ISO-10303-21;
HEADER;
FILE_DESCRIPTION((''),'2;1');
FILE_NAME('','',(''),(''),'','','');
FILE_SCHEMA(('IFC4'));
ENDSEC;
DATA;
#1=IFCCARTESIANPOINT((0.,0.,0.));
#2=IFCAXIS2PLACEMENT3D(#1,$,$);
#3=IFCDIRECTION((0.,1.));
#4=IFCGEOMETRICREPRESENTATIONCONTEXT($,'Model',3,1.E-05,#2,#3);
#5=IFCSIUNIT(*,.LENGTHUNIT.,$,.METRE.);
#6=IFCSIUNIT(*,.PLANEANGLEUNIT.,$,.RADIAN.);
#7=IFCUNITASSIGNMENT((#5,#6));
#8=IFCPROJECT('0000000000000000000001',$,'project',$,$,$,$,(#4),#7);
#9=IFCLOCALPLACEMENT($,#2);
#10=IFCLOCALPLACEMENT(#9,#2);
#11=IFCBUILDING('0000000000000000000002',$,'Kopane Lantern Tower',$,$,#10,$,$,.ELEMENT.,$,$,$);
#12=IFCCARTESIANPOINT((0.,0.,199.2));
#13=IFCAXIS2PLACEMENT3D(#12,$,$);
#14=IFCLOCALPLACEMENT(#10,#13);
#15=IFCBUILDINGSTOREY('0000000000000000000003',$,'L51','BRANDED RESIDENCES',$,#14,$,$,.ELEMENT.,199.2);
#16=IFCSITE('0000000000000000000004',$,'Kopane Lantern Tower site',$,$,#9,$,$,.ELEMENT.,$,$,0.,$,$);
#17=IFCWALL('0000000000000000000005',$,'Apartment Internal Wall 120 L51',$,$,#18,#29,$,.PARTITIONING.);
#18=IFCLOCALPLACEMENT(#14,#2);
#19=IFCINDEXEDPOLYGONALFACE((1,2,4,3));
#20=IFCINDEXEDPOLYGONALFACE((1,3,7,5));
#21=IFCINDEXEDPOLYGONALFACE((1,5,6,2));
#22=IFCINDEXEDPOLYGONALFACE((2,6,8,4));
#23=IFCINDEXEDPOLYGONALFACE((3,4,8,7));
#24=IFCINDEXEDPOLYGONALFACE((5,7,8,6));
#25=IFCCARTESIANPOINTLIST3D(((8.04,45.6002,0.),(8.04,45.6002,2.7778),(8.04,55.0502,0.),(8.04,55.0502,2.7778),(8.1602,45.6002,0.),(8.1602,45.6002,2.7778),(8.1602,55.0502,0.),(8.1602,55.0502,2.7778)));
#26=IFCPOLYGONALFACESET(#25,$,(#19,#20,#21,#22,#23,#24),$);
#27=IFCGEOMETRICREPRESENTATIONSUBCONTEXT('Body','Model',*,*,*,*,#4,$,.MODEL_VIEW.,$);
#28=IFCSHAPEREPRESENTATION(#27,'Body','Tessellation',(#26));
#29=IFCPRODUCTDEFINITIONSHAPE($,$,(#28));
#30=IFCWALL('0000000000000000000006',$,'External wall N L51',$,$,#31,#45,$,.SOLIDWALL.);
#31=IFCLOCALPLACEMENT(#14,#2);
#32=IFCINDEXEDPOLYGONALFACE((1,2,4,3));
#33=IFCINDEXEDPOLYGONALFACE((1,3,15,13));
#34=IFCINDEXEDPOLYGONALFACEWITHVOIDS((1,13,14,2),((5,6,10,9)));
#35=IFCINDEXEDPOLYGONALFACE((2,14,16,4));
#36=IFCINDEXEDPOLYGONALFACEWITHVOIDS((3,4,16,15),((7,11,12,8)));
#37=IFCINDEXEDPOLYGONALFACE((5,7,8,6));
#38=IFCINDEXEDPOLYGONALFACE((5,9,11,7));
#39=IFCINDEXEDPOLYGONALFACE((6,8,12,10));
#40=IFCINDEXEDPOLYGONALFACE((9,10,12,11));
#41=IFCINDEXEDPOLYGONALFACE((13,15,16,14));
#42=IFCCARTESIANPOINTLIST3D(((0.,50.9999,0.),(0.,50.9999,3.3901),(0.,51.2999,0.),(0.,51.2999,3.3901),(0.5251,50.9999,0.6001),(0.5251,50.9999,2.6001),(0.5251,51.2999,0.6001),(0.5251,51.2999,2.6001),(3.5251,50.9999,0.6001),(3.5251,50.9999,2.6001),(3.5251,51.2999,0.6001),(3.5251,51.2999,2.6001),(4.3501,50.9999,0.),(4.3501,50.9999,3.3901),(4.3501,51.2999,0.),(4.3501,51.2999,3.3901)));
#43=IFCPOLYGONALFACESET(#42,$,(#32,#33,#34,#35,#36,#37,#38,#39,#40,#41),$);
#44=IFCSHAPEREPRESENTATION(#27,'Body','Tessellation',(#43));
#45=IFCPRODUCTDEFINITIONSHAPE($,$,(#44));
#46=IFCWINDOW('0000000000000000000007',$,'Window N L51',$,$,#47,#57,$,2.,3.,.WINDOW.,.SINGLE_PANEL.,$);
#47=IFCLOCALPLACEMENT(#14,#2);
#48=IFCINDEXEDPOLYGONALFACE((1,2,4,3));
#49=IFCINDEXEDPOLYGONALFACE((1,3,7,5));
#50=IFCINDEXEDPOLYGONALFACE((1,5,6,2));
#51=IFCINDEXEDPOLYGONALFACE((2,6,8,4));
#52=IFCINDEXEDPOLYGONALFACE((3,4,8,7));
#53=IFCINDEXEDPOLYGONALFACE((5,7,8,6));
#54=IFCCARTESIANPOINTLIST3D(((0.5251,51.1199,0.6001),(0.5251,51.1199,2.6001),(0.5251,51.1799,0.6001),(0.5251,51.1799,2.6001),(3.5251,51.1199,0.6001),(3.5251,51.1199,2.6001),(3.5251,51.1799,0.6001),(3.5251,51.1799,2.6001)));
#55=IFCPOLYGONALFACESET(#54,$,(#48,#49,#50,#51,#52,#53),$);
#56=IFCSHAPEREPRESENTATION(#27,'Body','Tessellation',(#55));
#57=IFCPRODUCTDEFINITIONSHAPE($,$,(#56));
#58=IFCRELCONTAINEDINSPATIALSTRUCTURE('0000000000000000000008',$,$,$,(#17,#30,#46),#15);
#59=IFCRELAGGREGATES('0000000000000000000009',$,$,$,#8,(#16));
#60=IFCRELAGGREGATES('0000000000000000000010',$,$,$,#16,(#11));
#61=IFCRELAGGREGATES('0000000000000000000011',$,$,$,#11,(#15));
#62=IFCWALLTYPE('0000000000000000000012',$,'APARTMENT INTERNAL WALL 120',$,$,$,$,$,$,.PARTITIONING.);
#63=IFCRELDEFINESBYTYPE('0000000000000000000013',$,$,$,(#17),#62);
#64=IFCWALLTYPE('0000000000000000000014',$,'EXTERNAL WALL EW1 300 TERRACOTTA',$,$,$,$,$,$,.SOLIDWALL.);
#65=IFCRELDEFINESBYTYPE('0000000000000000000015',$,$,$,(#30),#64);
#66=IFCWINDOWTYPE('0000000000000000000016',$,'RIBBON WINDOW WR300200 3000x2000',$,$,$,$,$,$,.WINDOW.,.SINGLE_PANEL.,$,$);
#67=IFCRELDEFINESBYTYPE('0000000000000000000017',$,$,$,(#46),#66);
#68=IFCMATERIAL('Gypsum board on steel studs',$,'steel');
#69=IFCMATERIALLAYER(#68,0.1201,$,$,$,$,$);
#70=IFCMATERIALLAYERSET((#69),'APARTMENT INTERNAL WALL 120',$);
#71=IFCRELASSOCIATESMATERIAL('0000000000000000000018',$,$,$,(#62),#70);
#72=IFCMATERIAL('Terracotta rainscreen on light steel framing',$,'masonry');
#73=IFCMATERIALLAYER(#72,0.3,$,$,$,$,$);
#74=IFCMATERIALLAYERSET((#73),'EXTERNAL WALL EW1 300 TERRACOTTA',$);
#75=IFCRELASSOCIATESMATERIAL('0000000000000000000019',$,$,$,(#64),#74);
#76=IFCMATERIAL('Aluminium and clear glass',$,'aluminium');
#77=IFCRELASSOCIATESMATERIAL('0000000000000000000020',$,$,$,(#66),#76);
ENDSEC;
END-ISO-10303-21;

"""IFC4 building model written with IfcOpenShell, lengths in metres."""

from ifc_helpers import new_model, si_unit, direction, frame, frame_2d, origin, place, context, subcontext, project, spatial, rectangle, extrude, material, layer, layer_set, type_object, element, fill, save


model = new_model("IFC4")

# Units and contexts
model_context = context("Model", 3, precision=1e-05, world=origin(), true_north=direction((0.0, 1.0)))
body_context = subcontext(model_context, "Body", "Model", "MODEL_VIEW")
ifc_project = project(units=[si_unit("LENGTHUNIT", "METRE"), si_unit("PLANEANGLEUNIT", "RADIAN")], contexts=[model_context])

# Site, building, storey
site_placement = place(None, origin())
site = spatial("IfcSite", under=ifc_project, at=site_placement, Name="Kopane Lantern Tower site", CompositionType="ELEMENT", RefElevation=0.0)
building_placement = place(site_placement, origin())
building = spatial("IfcBuilding", under=site, at=building_placement, Name="Kopane Lantern Tower", CompositionType="ELEMENT")
storey_placement = place(building_placement, frame((0.0, 0.0, 199.2)))
storey = spatial("IfcBuildingStorey", under=building, at=storey_placement, Name="L51", Description="BRANDED RESIDENCES", CompositionType="ELEMENT", Elevation=199.2)

# Shared definitions
ifc_material_1 = material(Name="Gypsum board on steel studs", Category="steel")
ifc_layer_1 = layer(ifc_material_1, 0.1201)
ifc_layer_set_1 = layer_set([ifc_layer_1], Name="APARTMENT INTERNAL WALL 120")
wall_type_1 = type_object("IfcWallType", Name="APARTMENT INTERNAL WALL 120", PredefinedType="PARTITIONING", material=ifc_layer_set_1)

# Wall
wall_1_placement = place(storey_placement, frame((8.1001, 45.6001, 0.0), z_axis=(0.0, 0.0, 1.0), x_axis=(0.0, 1.0, 0.0)))
element("IfcWall", 1, at=wall_1_placement, inside=storey, type_object=wall_type_1, Name="Apartment Internal Wall 120 L51", PredefinedType="PARTITIONING", context=body_context, shape_type="SweptSolid", body=[
    extrude(rectangle(XDim=9.45, YDim=0.1201, at=frame_2d((4.7251, 0.0))), origin(), (0.0, 0.0, 1.0), 2.7778),
])

# Wall, opening, window
ifc_material_2 = material(Name="Terracotta rainscreen on light steel framing", Category="masonry")
ifc_layer_2 = layer(ifc_material_2, 0.3)
ifc_layer_set_2 = layer_set([ifc_layer_2], Name="EXTERNAL WALL EW1 300 TERRACOTTA")
wall_type_2 = type_object("IfcWallType", Name="EXTERNAL WALL EW1 300 TERRACOTTA", PredefinedType="SOLIDWALL", material=ifc_layer_set_2)
wall_2_placement = place(storey_placement, frame((4.3501, 51.1499, 0.0), z_axis=(0.0, 0.0, 1.0), x_axis=(-1.0, 0.0, 0.0)))
wall_2 = element("IfcWall", 2, at=wall_2_placement, inside=storey, type_object=wall_type_2, Name="External wall N L51", PredefinedType="SOLIDWALL", context=body_context, shape_type="SweptSolid", body=[
    extrude(rectangle(XDim=4.3501, YDim=0.3, at=frame_2d((2.175, 0.0))), origin(), (0.0, 0.0, 1.0), 3.3901),
])
opening_1_placement = place(wall_2_placement, frame((0.825, 0.0, 0.6001)))
opening_1 = element("IfcOpeningElement", 3, at=opening_1_placement, cuts=wall_2, PredefinedType="OPENING", context=body_context, shape_type="SweptSolid", body=[
    extrude(rectangle(XDim=3.0, YDim=2.0, at=frame_2d((1.5, 1.0))), frame((0.0, 0.1599, 0.0), z_axis=(0.0, -1.0, 0.0), x_axis=(1.0, 0.0, 0.0)), (0.0, 0.0, 1.0), 0.3201),
])
ifc_material_3 = material(Name="Aluminium and clear glass", Category="aluminium")
window_type = type_object("IfcWindowType", Name="RIBBON WINDOW WR300200 3000x2000", PartitioningType="SINGLE_PANEL", PredefinedType="WINDOW", material=ifc_material_3)
window_placement = place(opening_1_placement, origin())
window = element("IfcWindow", 4, at=window_placement, inside=storey, type_object=window_type, Name="Window N L51", OverallHeight=2.0, OverallWidth=3.0, PartitioningType="SINGLE_PANEL", PredefinedType="WINDOW", context=body_context, shape_type="SweptSolid", body=[
    extrude(rectangle(XDim=3.0, YDim=2.0, at=frame_2d((1.5, 1.0))), frame((0.0, 0.03, 0.0), z_axis=(0.0, -1.0, 0.0), x_axis=(1.0, 0.0, 0.0)), (0.0, 0.0, 1.0), 0.0601),
])
fill(opening_1, window)

save(model, "model.ifc")
